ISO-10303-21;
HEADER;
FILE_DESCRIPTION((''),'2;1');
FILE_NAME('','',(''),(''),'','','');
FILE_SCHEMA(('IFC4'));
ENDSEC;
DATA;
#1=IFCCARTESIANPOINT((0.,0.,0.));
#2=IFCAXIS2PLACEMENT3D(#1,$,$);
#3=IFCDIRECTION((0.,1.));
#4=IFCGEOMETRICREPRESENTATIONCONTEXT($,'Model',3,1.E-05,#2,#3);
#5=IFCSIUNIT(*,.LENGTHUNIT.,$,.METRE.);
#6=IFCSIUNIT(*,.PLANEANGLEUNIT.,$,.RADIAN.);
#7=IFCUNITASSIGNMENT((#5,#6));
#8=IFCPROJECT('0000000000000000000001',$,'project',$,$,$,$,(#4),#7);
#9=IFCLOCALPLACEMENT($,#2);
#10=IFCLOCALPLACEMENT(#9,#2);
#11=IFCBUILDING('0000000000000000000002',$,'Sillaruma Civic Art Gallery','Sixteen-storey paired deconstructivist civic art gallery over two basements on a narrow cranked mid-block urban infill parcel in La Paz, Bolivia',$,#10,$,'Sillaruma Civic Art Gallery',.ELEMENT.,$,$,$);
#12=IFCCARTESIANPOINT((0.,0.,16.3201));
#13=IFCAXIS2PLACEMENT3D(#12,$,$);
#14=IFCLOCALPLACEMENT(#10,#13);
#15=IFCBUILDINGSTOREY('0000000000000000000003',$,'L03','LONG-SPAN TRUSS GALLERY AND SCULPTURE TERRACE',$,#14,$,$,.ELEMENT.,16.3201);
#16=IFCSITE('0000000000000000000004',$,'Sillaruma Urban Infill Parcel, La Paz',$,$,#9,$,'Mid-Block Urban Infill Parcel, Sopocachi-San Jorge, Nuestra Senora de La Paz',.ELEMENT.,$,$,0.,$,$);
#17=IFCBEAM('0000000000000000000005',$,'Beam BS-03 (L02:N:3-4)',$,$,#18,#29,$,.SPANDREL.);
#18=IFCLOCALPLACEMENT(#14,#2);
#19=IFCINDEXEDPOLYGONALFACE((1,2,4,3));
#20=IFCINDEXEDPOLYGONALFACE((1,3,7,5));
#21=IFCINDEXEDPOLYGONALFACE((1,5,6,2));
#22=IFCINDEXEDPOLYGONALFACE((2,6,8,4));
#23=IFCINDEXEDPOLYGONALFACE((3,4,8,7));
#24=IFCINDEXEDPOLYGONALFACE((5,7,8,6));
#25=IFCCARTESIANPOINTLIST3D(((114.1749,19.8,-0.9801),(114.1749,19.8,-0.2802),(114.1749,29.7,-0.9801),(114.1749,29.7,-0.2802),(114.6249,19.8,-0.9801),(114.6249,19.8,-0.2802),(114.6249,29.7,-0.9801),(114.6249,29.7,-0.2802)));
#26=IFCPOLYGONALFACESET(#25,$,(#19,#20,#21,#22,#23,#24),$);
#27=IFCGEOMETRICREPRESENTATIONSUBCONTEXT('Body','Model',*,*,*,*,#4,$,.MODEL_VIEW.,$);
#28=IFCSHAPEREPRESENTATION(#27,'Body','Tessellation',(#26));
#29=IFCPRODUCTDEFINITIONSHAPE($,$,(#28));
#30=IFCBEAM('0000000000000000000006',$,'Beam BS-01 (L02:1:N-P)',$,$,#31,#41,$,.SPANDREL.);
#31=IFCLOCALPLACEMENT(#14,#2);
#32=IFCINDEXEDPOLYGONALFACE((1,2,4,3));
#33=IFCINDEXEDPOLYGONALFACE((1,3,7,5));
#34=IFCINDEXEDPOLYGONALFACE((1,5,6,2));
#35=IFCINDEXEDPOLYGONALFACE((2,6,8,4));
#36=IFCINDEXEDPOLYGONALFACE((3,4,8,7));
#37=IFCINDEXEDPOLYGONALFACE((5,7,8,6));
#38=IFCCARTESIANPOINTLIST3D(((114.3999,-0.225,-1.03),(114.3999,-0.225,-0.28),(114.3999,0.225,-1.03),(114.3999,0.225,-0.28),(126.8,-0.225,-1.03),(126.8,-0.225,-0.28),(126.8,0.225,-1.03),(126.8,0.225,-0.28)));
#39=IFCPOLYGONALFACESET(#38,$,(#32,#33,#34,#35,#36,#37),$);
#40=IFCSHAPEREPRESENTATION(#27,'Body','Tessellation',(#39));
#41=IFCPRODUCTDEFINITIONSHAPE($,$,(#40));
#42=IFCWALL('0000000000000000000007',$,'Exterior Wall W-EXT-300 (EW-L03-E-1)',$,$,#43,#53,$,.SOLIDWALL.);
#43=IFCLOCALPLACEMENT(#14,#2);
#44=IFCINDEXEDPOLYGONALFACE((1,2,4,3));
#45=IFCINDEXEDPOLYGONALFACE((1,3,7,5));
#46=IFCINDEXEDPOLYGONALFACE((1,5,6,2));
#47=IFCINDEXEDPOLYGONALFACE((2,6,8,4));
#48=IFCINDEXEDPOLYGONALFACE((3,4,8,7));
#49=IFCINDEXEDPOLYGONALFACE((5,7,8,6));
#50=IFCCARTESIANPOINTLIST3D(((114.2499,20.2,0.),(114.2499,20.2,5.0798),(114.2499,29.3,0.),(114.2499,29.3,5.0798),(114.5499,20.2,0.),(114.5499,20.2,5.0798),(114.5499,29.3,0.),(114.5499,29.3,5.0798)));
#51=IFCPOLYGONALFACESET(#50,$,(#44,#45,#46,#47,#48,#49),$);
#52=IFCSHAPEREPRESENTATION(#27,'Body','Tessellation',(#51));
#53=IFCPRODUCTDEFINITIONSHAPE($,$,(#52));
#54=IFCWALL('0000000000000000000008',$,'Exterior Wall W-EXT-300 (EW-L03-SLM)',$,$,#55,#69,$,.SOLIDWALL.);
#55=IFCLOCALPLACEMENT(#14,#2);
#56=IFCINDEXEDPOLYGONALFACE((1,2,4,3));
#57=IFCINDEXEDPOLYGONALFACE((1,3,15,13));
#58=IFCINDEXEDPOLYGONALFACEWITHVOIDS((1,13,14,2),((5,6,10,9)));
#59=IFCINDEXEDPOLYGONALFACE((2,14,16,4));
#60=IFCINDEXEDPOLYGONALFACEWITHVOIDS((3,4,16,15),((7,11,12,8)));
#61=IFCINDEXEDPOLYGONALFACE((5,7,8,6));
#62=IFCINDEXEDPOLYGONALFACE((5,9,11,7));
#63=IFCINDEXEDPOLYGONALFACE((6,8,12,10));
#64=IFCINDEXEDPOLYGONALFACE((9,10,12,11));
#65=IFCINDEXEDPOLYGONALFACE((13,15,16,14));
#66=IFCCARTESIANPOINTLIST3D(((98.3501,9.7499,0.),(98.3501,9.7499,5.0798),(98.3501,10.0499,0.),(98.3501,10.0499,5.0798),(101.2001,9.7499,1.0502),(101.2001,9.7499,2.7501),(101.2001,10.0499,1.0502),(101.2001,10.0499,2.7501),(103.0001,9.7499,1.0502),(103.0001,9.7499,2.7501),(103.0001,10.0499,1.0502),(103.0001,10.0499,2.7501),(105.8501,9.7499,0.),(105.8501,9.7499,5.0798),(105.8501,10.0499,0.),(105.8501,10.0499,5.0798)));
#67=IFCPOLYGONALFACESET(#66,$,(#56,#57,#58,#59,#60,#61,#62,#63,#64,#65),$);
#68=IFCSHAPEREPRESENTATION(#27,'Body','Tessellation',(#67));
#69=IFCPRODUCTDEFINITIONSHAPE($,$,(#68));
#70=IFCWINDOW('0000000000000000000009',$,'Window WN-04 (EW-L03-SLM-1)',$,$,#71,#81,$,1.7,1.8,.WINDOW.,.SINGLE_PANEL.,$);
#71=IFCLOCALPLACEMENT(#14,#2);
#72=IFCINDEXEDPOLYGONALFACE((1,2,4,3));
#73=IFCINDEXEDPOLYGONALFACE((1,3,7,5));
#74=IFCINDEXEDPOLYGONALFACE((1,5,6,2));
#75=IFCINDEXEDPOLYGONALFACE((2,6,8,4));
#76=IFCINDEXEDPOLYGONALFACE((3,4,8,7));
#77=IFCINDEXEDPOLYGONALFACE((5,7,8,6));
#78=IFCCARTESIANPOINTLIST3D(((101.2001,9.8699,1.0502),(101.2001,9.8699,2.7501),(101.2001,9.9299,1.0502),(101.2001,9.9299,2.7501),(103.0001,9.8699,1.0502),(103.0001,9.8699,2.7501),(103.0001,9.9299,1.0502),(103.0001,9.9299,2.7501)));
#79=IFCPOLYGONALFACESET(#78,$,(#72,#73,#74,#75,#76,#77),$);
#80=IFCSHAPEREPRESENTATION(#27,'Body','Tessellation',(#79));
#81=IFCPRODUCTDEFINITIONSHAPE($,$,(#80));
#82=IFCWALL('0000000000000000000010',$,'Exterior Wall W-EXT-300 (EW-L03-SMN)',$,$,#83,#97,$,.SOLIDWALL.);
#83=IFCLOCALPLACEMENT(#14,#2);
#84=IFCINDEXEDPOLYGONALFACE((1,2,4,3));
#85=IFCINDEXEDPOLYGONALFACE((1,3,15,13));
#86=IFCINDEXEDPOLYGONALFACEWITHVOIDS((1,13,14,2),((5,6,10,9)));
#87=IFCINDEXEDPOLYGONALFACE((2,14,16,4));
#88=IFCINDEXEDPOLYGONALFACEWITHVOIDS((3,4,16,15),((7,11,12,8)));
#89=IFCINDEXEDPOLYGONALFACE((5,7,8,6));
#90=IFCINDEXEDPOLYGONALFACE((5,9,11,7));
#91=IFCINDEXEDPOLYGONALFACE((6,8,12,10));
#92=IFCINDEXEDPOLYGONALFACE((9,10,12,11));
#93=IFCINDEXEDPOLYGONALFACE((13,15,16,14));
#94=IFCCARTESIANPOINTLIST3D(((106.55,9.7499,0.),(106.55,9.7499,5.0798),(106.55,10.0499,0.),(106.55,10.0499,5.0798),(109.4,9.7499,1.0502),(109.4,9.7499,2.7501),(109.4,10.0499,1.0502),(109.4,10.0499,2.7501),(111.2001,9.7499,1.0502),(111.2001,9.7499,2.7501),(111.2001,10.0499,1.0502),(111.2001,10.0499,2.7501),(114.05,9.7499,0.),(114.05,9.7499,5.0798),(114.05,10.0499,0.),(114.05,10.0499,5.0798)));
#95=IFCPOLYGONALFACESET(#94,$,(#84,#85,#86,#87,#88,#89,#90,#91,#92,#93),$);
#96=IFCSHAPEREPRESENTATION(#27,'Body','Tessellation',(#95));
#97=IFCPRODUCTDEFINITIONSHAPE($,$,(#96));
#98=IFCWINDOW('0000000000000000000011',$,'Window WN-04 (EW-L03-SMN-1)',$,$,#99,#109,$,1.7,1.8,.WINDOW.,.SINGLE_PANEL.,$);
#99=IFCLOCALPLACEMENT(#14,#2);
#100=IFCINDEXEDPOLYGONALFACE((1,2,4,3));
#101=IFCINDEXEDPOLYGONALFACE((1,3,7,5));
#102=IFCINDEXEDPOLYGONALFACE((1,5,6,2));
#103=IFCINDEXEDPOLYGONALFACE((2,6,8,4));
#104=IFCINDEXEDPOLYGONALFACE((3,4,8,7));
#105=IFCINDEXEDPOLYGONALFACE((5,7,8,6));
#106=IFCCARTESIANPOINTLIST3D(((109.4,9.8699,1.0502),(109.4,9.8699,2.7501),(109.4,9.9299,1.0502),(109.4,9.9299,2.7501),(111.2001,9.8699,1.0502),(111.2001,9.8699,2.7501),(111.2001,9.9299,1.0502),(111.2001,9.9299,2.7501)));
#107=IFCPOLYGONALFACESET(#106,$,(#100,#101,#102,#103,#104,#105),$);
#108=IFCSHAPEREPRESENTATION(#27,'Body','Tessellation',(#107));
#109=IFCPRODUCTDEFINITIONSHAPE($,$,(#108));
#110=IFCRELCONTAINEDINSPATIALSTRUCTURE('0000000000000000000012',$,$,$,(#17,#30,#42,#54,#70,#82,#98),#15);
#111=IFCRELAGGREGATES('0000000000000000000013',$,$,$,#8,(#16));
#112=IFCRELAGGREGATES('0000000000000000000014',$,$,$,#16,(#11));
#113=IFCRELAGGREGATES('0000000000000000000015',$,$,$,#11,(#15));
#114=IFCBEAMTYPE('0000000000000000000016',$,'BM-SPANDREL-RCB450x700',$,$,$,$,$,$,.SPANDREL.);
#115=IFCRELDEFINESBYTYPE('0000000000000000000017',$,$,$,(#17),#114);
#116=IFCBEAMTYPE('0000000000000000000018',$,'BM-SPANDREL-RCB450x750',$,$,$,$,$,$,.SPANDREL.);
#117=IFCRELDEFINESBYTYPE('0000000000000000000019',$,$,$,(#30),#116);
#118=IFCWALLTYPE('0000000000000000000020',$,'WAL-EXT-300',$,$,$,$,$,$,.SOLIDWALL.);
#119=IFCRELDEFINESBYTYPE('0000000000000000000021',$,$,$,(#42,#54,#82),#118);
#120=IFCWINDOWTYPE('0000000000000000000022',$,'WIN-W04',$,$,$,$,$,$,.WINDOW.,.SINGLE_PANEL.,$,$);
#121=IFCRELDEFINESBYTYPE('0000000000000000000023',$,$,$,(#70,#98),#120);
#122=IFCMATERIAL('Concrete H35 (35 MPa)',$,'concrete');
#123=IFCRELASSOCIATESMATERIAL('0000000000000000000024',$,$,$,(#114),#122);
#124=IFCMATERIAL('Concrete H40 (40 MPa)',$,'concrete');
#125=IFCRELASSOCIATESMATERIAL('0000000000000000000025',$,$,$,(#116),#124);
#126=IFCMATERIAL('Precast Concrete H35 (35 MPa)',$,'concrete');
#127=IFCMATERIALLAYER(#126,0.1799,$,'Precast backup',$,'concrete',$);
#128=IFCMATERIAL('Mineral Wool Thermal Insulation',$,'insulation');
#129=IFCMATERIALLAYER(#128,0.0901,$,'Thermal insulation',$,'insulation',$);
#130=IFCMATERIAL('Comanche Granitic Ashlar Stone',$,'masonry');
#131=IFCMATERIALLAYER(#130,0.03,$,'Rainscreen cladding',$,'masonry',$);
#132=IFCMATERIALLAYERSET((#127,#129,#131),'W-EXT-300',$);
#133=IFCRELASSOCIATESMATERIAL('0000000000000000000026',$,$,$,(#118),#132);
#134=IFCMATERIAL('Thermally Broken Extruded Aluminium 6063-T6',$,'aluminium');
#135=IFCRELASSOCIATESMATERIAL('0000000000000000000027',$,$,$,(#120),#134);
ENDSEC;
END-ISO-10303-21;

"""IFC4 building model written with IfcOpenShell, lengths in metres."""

from ifc_helpers import new_model, si_unit, direction, frame, frame_2d, origin, origin_2d, place, context, subcontext, project, spatial, rectangle, extrude, material, layer, layer_set, material_profile, profile_set, type_object, element, fill, save


model = new_model("IFC4")

# Units and contexts
model_context = context("Model", 3, precision=1e-05, world=origin(), true_north=direction((0.0, 1.0)))
body_context = subcontext(model_context, "Body", "Model", "MODEL_VIEW")
ifc_project = project(units=[si_unit("LENGTHUNIT", "METRE"), si_unit("PLANEANGLEUNIT", "RADIAN")], contexts=[model_context])

# Site, building, storey
site_placement = place(None, origin())
site = spatial("IfcSite", under=ifc_project, at=site_placement, Name="Sillaruma Urban Infill Parcel, La Paz", LongName="Mid-Block Urban Infill Parcel, Sopocachi-San Jorge, Nuestra Senora de La Paz", CompositionType="ELEMENT", RefElevation=0.0)
building_placement = place(site_placement, origin())
building = spatial("IfcBuilding", under=site, at=building_placement, Name="Sillaruma Civic Art Gallery", Description="Sixteen-storey paired deconstructivist civic art gallery over two basements on a narrow cranked mid-block urban infill parcel in La Paz, Bolivia", LongName="Sillaruma Civic Art Gallery", CompositionType="ELEMENT")
storey_placement = place(building_placement, frame((0.0, 0.0, 16.3201)))
storey = spatial("IfcBuildingStorey", under=building, at=storey_placement, Name="L03", Description="LONG-SPAN TRUSS GALLERY AND SCULPTURE TERRACE", CompositionType="ELEMENT", Elevation=16.3201)

# Shared definitions
ifc_material_1 = material(Name="Concrete H40 (40 MPa)", Category="concrete")

# Beams
ifc_material_2 = material(Name="Concrete H35 (35 MPa)", Category="concrete")
ifc_material_profile_1 = material_profile(ifc_material_2, rectangle(XDim=0.45, YDim=0.7, at=origin_2d()), Name="RCB450x700")
ifc_profile_set_1 = profile_set([ifc_material_profile_1], Name="Concrete H35 (35 MPa)")
beam_type_1 = type_object("IfcBeamType", Name="BM-SPANDREL-RCB450x700", PredefinedType="SPANDREL", material=ifc_profile_set_1)
beam_1_placement = place(storey_placement, frame((114.3999, 19.8, -0.6301), z_axis=(0.0, 1.0, 0.0), x_axis=(-1.0, 0.0, 0.0)))
element("IfcBeam", 1, at=beam_1_placement, inside=storey, type_object=beam_type_1, Name="Beam BS-03 (L02:N:3-4)", PredefinedType="SPANDREL", context=body_context, shape_type="SweptSolid", body=[
    extrude(rectangle(XDim=0.45, YDim=0.7, at=origin_2d()), origin(), (0.0, 0.0, 1.0), 9.8999),
])
ifc_material_profile_2 = material_profile(ifc_material_1, rectangle(XDim=0.45, YDim=0.75, at=origin_2d()), Name="RCB450x750")
ifc_profile_set_2 = profile_set([ifc_material_profile_2], Name="Concrete H40 (40 MPa)")
beam_type_2 = type_object("IfcBeamType", Name="BM-SPANDREL-RCB450x750", PredefinedType="SPANDREL", material=ifc_profile_set_2)
beam_2_placement = place(storey_placement, frame((114.3999, 0.0, -0.655), z_axis=(1.0, 0.0, 0.0), x_axis=(0.0, 1.0, 0.0)))
element("IfcBeam", 2, at=beam_2_placement, inside=storey, type_object=beam_type_2, Name="Beam BS-01 (L02:1:N-P)", PredefinedType="SPANDREL", context=body_context, shape_type="SweptSolid", body=[
    extrude(rectangle(XDim=0.45, YDim=0.75, at=origin_2d()), origin(), (0.0, 0.0, 1.0), 12.4001),
])

# Wall
ifc_material_3 = material(Name="Precast Concrete H35 (35 MPa)", Category="concrete")
ifc_layer_1 = layer(ifc_material_3, 0.1799, Name="Precast backup", Category="concrete")
ifc_material_4 = material(Name="Mineral Wool Thermal Insulation", Category="insulation")
ifc_layer_2 = layer(ifc_material_4, 0.0901, Name="Thermal insulation", Category="insulation")
ifc_material_5 = material(Name="Comanche Granitic Ashlar Stone", Category="masonry")
ifc_layer_3 = layer(ifc_material_5, 0.03, Name="Rainscreen cladding", Category="masonry")
ifc_layer_set = layer_set([ifc_layer_1, ifc_layer_2, ifc_layer_3], Name="W-EXT-300")
wall_type = type_object("IfcWallType", Name="WAL-EXT-300", PredefinedType="SOLIDWALL", material=ifc_layer_set)
wall_1_placement = place(storey_placement, frame((114.3999, 20.2, 0.0), z_axis=(0.0, 0.0, 1.0), x_axis=(0.0, 1.0, 0.0)))
element("IfcWall", 3, at=wall_1_placement, inside=storey, type_object=wall_type, Name="Exterior Wall W-EXT-300 (EW-L03-E-1)", PredefinedType="SOLIDWALL", context=body_context, shape_type="SweptSolid", body=[
    extrude(rectangle(XDim=9.1001, YDim=0.3, at=frame_2d((4.55, 0.0))), origin(), (0.0, 0.0, 1.0), 5.0798),
])

# Walls, openings, windows
wall_2_placement = place(storey_placement, frame((98.3501, 9.8999, 0.0), z_axis=(0.0, 0.0, 1.0), x_axis=(1.0, 0.0, 0.0)))
wall_2 = element("IfcWall", 4, at=wall_2_placement, inside=storey, type_object=wall_type, Name="Exterior Wall W-EXT-300 (EW-L03-SLM)", PredefinedType="SOLIDWALL", context=body_context, shape_type="SweptSolid", body=[
    extrude(rectangle(XDim=7.5, YDim=0.3, at=frame_2d((3.75, 0.0))), origin(), (0.0, 0.0, 1.0), 5.0798),
])
opening_1_placement = place(wall_2_placement, frame((2.8501, 0.0, 1.05)))
opening_1 = element("IfcOpeningElement", 5, at=opening_1_placement, cuts=wall_2, PredefinedType="OPENING", context=body_context, shape_type="SweptSolid", body=[
    extrude(rectangle(XDim=1.8, YDim=1.7, at=frame_2d((0.8999, 0.8501))), frame((0.0, 0.1599, 0.0), z_axis=(0.0, -1.0, 0.0), x_axis=(1.0, 0.0, 0.0)), (0.0, 0.0, 1.0), 0.3201),
])
ifc_material_6 = material(Name="Thermally Broken Extruded Aluminium 6063-T6", Category="aluminium")
window_type = type_object("IfcWindowType", Name="WIN-W04", PartitioningType="SINGLE_PANEL", PredefinedType="WINDOW", material=ifc_material_6)
window_1_placement = place(opening_1_placement, origin())
window_1 = element("IfcWindow", 6, at=window_1_placement, inside=storey, type_object=window_type, Name="Window WN-04 (EW-L03-SLM-1)", OverallHeight=1.7, OverallWidth=1.8, PartitioningType="SINGLE_PANEL", PredefinedType="WINDOW", context=body_context, shape_type="SweptSolid", body=[
    extrude(rectangle(XDim=1.8, YDim=1.7, at=frame_2d((0.8999, 0.8501))), frame((0.0, 0.03, 0.0), z_axis=(0.0, -1.0, 0.0), x_axis=(1.0, 0.0, 0.0)), (0.0, 0.0, 1.0), 0.0601),
])
fill(opening_1, window_1)
wall_3_placement = place(storey_placement, frame((106.55, 9.8999, 0.0), z_axis=(0.0, 0.0, 1.0), x_axis=(1.0, 0.0, 0.0)))
wall_3 = element("IfcWall", 7, at=wall_3_placement, inside=storey, type_object=wall_type, Name="Exterior Wall W-EXT-300 (EW-L03-SMN)", PredefinedType="SOLIDWALL", context=body_context, shape_type="SweptSolid", body=[
    extrude(rectangle(XDim=7.5, YDim=0.3, at=frame_2d((3.75, 0.0))), origin(), (0.0, 0.0, 1.0), 5.0798),
])
opening_2_placement = place(wall_3_placement, frame((2.8501, 0.0, 1.05)))
opening_2 = element("IfcOpeningElement", 8, at=opening_2_placement, cuts=wall_3, PredefinedType="OPENING", context=body_context, shape_type="SweptSolid", body=[
    extrude(rectangle(XDim=1.8, YDim=1.7, at=frame_2d((0.8999, 0.8501))), frame((0.0, 0.1599, 0.0), z_axis=(0.0, -1.0, 0.0), x_axis=(1.0, 0.0, 0.0)), (0.0, 0.0, 1.0), 0.3201),
])
window_2_placement = place(opening_2_placement, origin())
window_2 = element("IfcWindow", 9, at=window_2_placement, inside=storey, type_object=window_type, Name="Window WN-04 (EW-L03-SMN-1)", OverallHeight=1.7, OverallWidth=1.8, PartitioningType="SINGLE_PANEL", PredefinedType="WINDOW", context=body_context, shape_type="SweptSolid", body=[
    extrude(rectangle(XDim=1.8, YDim=1.7, at=frame_2d((0.8999, 0.8501))), frame((0.0, 0.03, 0.0), z_axis=(0.0, -1.0, 0.0), x_axis=(1.0, 0.0, 0.0)), (0.0, 0.0, 1.0), 0.0601),
])
fill(opening_2, window_2)

save(model, "model.ifc")
